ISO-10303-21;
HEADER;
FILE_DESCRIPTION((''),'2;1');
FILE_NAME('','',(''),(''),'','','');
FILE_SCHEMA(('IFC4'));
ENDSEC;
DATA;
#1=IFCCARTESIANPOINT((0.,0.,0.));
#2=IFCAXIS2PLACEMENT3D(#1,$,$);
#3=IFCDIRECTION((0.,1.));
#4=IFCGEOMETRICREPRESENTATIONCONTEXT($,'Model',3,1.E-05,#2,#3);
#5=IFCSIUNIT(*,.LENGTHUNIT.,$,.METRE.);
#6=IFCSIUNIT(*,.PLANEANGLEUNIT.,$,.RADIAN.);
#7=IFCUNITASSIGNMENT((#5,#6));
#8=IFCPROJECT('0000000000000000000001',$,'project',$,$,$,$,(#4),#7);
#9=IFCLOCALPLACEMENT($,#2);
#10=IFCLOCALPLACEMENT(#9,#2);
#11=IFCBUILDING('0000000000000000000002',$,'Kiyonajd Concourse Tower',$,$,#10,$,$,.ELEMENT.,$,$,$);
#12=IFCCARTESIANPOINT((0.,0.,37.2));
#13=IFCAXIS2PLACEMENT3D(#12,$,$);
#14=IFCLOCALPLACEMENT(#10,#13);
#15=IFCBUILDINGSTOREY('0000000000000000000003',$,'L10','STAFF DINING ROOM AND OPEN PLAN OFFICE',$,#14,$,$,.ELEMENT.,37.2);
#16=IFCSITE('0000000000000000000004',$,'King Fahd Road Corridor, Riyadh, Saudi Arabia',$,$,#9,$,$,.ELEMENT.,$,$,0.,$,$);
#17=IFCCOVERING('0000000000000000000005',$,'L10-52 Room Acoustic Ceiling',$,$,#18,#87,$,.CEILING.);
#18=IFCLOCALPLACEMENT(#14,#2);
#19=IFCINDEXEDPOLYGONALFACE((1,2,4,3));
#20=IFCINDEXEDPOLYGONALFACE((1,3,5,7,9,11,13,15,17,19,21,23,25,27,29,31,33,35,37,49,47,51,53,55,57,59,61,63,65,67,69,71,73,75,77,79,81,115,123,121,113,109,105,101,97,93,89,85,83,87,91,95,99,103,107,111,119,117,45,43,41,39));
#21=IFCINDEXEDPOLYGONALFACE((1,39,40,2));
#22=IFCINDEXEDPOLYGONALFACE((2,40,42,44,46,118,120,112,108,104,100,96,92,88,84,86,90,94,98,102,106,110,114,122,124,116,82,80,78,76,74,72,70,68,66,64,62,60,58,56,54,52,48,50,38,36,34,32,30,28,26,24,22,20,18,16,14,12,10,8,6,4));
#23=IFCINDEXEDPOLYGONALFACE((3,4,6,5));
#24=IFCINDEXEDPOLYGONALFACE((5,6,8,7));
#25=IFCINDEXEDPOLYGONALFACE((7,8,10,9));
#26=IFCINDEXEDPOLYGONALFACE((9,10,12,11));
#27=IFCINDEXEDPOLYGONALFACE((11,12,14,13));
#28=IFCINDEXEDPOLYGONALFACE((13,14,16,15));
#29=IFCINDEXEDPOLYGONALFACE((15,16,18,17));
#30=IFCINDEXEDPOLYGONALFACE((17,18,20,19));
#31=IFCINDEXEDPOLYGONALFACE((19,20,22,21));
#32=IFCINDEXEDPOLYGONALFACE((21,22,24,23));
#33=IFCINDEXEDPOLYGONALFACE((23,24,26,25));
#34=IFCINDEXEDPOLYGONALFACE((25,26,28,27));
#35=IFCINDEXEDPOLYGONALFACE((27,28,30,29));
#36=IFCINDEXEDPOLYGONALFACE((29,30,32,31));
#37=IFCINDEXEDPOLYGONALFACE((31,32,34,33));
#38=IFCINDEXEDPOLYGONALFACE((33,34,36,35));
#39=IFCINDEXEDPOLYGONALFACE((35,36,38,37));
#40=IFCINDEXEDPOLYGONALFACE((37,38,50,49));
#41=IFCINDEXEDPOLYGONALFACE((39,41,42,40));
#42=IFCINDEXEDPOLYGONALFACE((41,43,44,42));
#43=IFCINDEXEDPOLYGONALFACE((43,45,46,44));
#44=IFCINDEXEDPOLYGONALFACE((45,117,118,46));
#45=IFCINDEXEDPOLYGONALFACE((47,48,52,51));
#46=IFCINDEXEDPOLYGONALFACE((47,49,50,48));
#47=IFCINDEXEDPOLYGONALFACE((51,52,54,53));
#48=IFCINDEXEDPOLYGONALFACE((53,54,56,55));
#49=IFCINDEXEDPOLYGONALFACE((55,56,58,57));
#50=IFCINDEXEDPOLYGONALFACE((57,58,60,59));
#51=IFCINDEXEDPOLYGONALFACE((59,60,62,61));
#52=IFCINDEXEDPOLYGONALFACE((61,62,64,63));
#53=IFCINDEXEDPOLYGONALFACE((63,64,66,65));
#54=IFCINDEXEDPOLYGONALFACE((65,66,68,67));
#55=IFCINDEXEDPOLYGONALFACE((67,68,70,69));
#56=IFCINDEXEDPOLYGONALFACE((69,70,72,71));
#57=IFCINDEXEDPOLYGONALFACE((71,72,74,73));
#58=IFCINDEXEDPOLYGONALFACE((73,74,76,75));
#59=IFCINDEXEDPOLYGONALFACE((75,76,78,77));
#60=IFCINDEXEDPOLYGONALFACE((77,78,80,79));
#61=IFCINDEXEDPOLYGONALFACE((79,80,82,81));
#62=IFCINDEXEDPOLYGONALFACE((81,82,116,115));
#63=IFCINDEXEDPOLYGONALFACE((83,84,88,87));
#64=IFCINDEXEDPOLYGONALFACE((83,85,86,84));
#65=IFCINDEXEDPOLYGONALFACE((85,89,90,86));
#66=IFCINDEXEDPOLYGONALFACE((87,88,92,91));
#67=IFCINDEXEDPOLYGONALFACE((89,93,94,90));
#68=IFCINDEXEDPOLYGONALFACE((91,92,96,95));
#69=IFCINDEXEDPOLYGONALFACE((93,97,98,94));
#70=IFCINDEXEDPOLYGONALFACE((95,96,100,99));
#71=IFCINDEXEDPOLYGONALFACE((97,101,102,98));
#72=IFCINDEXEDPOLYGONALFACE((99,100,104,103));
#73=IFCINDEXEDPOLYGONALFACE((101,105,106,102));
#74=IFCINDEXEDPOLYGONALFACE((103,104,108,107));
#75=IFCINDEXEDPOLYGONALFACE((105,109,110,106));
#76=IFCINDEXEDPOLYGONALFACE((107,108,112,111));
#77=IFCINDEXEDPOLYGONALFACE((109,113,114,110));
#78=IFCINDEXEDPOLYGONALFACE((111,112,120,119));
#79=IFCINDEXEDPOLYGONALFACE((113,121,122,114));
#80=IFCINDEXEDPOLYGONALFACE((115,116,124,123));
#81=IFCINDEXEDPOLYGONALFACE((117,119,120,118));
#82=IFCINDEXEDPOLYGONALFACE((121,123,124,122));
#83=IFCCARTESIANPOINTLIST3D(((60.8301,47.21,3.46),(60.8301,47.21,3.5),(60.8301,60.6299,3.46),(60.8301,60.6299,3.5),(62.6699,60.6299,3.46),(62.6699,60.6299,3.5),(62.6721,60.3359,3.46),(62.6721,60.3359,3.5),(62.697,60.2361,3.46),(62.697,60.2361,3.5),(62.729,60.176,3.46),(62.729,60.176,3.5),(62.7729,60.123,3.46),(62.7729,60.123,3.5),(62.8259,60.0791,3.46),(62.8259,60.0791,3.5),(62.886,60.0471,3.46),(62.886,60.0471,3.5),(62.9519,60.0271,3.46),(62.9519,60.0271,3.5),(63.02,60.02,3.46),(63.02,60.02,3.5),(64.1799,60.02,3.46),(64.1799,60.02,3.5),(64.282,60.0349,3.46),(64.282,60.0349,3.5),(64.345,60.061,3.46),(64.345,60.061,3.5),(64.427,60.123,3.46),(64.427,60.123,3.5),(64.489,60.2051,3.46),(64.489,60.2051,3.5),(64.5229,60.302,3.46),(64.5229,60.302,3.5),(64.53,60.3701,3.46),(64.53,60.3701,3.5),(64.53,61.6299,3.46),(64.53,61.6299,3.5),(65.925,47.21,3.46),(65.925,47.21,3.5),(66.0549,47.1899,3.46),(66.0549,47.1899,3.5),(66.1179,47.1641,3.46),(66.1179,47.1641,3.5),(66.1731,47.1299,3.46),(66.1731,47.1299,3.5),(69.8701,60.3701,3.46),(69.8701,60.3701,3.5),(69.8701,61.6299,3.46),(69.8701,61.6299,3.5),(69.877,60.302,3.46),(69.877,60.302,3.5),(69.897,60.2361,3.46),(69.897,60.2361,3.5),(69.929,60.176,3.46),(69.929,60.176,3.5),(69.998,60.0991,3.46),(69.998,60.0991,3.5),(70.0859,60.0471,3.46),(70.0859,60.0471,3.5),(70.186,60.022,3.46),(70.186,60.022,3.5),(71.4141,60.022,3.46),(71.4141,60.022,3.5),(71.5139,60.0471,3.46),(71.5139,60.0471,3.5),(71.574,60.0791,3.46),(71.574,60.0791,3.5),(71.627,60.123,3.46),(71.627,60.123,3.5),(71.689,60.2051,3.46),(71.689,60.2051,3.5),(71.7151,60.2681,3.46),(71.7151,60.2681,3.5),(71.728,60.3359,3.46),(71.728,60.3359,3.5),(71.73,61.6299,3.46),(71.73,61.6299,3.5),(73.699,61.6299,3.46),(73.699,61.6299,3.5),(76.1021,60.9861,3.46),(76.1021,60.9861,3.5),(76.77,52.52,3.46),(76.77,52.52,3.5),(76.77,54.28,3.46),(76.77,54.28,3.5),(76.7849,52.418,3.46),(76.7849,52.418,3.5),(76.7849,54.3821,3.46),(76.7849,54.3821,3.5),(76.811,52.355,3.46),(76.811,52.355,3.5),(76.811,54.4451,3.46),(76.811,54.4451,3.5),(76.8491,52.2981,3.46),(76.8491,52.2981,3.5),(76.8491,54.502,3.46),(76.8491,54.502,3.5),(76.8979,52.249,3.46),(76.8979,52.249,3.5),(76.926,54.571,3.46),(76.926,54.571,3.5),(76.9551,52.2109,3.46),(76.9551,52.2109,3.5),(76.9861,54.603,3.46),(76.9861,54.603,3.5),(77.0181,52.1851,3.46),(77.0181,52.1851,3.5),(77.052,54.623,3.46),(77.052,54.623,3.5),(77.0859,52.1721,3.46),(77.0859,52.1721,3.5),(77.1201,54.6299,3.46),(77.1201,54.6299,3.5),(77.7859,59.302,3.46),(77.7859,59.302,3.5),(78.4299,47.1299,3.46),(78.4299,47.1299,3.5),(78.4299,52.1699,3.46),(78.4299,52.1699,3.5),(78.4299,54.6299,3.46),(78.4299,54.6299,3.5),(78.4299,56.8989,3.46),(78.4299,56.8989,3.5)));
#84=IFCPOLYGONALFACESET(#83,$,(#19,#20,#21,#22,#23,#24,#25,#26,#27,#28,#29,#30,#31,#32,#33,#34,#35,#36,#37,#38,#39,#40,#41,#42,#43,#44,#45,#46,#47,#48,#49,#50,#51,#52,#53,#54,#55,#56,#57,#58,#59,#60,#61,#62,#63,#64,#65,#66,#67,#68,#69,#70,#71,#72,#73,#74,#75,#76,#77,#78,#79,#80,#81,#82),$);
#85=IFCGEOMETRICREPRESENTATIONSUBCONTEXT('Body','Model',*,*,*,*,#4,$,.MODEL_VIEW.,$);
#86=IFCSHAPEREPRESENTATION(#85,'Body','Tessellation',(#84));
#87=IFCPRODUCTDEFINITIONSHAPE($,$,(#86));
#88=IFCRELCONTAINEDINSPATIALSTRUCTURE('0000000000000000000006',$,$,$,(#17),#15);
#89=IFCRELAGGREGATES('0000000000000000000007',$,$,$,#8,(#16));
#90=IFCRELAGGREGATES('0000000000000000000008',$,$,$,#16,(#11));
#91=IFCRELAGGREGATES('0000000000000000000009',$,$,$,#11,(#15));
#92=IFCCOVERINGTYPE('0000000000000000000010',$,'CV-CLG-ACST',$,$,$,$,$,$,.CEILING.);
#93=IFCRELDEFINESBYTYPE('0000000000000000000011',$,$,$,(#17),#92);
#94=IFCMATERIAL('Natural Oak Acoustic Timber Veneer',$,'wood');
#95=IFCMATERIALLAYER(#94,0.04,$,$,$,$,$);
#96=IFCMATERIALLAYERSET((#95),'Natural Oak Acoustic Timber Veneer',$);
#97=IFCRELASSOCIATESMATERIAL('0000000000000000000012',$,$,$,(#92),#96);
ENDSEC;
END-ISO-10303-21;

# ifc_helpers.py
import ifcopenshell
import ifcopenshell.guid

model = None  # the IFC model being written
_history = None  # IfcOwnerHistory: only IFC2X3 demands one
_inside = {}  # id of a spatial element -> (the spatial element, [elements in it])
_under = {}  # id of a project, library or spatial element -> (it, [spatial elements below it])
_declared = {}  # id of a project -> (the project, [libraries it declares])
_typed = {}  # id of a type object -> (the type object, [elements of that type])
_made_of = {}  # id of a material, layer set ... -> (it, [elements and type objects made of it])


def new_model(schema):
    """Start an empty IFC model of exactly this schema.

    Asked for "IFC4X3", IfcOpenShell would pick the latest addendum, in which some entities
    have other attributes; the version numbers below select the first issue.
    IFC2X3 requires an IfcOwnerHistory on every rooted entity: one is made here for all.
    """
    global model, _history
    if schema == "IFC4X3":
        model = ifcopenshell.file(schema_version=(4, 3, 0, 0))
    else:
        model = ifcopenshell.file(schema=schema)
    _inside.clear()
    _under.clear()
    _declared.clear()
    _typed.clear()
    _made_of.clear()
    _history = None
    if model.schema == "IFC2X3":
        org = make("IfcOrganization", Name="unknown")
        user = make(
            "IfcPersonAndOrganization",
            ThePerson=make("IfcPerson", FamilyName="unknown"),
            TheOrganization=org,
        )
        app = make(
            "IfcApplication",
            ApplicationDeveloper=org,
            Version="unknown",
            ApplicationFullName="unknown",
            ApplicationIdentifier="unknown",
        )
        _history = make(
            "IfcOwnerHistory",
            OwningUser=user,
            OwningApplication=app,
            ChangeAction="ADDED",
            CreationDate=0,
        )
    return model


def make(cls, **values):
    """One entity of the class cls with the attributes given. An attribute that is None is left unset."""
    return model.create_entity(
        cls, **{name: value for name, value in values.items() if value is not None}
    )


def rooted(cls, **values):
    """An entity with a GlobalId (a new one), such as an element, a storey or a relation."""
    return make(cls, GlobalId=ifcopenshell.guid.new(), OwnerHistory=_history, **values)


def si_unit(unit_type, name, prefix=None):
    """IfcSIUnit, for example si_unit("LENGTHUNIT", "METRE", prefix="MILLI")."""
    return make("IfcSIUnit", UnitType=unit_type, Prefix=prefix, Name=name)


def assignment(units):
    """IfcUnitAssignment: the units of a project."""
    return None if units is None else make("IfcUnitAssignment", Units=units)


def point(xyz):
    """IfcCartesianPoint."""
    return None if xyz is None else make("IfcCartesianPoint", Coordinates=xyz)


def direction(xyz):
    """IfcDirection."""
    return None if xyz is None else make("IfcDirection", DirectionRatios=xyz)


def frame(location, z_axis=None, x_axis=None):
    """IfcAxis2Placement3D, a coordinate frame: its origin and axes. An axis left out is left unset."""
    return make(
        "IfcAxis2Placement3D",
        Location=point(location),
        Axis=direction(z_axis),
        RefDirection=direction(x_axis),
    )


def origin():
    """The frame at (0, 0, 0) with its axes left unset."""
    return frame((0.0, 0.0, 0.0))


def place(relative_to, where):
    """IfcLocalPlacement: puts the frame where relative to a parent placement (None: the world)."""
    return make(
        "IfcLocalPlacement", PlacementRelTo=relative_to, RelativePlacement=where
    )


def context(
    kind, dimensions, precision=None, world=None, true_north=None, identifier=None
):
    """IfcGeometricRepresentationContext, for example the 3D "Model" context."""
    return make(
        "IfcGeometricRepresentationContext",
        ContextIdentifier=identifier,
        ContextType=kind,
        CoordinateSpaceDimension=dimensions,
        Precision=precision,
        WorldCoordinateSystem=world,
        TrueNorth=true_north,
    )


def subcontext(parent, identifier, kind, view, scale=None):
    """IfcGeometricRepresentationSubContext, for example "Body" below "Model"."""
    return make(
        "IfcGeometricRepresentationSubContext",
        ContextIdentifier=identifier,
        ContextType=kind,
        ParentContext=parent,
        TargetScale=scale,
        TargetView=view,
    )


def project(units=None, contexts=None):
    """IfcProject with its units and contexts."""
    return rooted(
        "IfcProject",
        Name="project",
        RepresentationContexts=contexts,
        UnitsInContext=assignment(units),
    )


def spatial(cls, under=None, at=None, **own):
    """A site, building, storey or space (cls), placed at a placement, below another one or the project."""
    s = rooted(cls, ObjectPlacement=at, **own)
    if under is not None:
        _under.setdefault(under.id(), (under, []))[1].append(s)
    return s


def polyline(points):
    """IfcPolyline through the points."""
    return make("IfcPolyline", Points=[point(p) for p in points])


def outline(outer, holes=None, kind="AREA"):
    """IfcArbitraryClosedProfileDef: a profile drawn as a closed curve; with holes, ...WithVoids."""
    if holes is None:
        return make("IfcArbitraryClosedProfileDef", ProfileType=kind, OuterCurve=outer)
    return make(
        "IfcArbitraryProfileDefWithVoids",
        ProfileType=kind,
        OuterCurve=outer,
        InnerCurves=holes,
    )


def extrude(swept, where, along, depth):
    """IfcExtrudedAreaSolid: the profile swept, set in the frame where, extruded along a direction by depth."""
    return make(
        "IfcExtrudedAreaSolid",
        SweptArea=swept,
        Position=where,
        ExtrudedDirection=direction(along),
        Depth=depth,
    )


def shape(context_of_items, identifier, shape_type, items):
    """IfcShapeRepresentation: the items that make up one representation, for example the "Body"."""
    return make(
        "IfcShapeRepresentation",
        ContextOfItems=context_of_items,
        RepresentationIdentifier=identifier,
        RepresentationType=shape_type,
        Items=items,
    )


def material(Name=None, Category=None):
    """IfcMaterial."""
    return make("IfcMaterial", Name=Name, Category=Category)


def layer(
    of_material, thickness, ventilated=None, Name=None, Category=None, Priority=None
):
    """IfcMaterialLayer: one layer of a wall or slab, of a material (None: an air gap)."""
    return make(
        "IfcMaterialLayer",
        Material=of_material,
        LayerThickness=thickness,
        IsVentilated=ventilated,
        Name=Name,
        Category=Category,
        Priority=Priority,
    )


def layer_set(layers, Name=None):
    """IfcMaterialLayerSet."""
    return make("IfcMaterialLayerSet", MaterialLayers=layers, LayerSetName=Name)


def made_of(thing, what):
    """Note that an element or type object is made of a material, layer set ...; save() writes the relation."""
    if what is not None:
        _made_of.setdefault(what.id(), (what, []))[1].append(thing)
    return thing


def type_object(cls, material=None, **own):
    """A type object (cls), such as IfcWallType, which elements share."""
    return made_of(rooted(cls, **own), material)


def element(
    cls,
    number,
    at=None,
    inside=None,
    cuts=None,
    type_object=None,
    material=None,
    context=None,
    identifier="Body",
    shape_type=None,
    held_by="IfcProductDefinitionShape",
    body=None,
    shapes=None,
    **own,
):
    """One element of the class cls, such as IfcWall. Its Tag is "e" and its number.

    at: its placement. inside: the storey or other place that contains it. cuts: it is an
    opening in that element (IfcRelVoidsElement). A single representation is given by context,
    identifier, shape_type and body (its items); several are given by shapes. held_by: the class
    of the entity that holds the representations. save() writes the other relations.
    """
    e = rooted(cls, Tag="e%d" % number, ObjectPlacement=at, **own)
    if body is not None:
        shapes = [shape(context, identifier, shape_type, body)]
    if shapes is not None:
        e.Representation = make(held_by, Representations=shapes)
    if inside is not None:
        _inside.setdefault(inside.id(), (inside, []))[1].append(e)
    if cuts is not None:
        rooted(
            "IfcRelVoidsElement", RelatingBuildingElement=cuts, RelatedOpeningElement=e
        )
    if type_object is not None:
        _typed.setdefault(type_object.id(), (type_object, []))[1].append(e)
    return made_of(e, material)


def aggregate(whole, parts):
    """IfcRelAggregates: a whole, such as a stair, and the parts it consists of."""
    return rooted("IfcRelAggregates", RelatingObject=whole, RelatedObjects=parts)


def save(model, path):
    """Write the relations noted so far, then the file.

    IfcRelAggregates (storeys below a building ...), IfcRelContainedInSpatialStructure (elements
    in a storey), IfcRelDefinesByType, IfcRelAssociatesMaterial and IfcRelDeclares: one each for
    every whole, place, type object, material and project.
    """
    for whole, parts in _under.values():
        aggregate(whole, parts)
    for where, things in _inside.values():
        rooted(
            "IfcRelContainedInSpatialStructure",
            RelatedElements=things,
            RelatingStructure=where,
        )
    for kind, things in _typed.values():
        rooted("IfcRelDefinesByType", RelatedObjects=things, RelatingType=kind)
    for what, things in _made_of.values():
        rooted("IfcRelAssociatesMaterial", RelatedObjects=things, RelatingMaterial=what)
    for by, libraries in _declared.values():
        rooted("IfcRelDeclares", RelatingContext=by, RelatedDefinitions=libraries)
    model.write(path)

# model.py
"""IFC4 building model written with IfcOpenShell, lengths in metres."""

from ifc_helpers import new_model, si_unit, direction, frame, origin, place, context, subcontext, project, spatial, polyline, outline, extrude, material, layer, layer_set, type_object, element, save


model = new_model("IFC4")

# Units and contexts
model_context = context("Model", 3, precision=1e-05, world=origin(), true_north=direction((0.0, 1.0)))
body_context = subcontext(model_context, "Body", "Model", "MODEL_VIEW")
ifc_project = project(units=[si_unit("LENGTHUNIT", "METRE"), si_unit("PLANEANGLEUNIT", "RADIAN")], contexts=[model_context])

# Site, building, storey
site_placement = place(None, origin())
site = spatial("IfcSite", under=ifc_project, at=site_placement, Name="King Fahd Road Corridor, Riyadh, Saudi Arabia", CompositionType="ELEMENT", RefElevation=0.0)
building_placement = place(site_placement, origin())
building = spatial("IfcBuilding", under=site, at=building_placement, Name="Kiyonajd Concourse Tower", CompositionType="ELEMENT")
storey_placement = place(building_placement, frame((0.0, 0.0, 37.2)))
storey = spatial("IfcBuildingStorey", under=building, at=storey_placement, Name="L10", Description="STAFF DINING ROOM AND OPEN PLAN OFFICE", CompositionType="ELEMENT", Elevation=37.2)

# Shared definitions
ifc_material_1 = material(Name="Natural Oak Acoustic Timber Veneer", Category="wood")

# Covering
ifc_layer_1 = layer(ifc_material_1, 0.04)
ifc_layer_set_1 = layer_set([ifc_layer_1], Name="Natural Oak Acoustic Timber Veneer")
covering_type = type_object("IfcCoveringType", Name="CV-CLG-ACST", PredefinedType="CEILING", material=ifc_layer_set_1)
covering_1_placement = place(storey_placement, frame((0.0, 0.0, 3.46)))
element("IfcCovering", 1, at=covering_1_placement, inside=storey, type_object=covering_type, Name="L10-52 Room Acoustic Ceiling", PredefinedType="CEILING", context=body_context, shape_type="SweptSolid", body=[
    extrude(outline(polyline([(66.1731, 47.1299), (66.1179, 47.1641), (66.0549, 47.1899), (65.925, 47.21), (60.8301, 47.21), (60.8301, 60.6299), (62.6699, 60.6299), (62.6721, 60.3359), (62.697, 60.2361), (62.729, 60.176), (62.7729, 60.123), (62.8259, 60.0791), (62.886, 60.0471), (62.9519, 60.0271), (63.02, 60.02), (64.1799, 60.02), (64.282, 60.0349), (64.345, 60.061), (64.427, 60.123), (64.489, 60.2051), (64.5229, 60.302), (64.53, 60.3701), (64.53, 61.6299), (69.8701, 61.6299), (69.8701, 60.3701), (69.877, 60.302), (69.897, 60.2361), (69.929, 60.176), (69.998, 60.0991), (70.0859, 60.0471), (70.186, 60.022), (71.4141, 60.022), (71.5139, 60.0471), (71.574, 60.0791), (71.627, 60.123), (71.689, 60.2051), (71.7151, 60.2681), (71.728, 60.3359), (71.73, 61.6299), (73.699, 61.6299), (76.1021, 60.9861), (77.7859, 59.302), (78.4299, 56.8989), (78.4299, 54.6299), (77.1201, 54.6299), (77.052, 54.623), (76.9861, 54.603), (76.926, 54.571), (76.8491, 54.502), (76.811, 54.4451), (76.7849, 54.3821), (76.77, 54.28), (76.77, 52.52), (76.7849, 52.418), (76.811, 52.355), (76.8491, 52.2981), (76.8979, 52.249), (76.9551, 52.2109), (77.0181, 52.1851), (77.0859, 52.1721), (78.4299, 52.1699), (78.4299, 47.1299), (66.1731, 47.1299)])), origin(), (0.0, 0.0, 1.0), 0.04),
])

save(model, "model.ifc")
